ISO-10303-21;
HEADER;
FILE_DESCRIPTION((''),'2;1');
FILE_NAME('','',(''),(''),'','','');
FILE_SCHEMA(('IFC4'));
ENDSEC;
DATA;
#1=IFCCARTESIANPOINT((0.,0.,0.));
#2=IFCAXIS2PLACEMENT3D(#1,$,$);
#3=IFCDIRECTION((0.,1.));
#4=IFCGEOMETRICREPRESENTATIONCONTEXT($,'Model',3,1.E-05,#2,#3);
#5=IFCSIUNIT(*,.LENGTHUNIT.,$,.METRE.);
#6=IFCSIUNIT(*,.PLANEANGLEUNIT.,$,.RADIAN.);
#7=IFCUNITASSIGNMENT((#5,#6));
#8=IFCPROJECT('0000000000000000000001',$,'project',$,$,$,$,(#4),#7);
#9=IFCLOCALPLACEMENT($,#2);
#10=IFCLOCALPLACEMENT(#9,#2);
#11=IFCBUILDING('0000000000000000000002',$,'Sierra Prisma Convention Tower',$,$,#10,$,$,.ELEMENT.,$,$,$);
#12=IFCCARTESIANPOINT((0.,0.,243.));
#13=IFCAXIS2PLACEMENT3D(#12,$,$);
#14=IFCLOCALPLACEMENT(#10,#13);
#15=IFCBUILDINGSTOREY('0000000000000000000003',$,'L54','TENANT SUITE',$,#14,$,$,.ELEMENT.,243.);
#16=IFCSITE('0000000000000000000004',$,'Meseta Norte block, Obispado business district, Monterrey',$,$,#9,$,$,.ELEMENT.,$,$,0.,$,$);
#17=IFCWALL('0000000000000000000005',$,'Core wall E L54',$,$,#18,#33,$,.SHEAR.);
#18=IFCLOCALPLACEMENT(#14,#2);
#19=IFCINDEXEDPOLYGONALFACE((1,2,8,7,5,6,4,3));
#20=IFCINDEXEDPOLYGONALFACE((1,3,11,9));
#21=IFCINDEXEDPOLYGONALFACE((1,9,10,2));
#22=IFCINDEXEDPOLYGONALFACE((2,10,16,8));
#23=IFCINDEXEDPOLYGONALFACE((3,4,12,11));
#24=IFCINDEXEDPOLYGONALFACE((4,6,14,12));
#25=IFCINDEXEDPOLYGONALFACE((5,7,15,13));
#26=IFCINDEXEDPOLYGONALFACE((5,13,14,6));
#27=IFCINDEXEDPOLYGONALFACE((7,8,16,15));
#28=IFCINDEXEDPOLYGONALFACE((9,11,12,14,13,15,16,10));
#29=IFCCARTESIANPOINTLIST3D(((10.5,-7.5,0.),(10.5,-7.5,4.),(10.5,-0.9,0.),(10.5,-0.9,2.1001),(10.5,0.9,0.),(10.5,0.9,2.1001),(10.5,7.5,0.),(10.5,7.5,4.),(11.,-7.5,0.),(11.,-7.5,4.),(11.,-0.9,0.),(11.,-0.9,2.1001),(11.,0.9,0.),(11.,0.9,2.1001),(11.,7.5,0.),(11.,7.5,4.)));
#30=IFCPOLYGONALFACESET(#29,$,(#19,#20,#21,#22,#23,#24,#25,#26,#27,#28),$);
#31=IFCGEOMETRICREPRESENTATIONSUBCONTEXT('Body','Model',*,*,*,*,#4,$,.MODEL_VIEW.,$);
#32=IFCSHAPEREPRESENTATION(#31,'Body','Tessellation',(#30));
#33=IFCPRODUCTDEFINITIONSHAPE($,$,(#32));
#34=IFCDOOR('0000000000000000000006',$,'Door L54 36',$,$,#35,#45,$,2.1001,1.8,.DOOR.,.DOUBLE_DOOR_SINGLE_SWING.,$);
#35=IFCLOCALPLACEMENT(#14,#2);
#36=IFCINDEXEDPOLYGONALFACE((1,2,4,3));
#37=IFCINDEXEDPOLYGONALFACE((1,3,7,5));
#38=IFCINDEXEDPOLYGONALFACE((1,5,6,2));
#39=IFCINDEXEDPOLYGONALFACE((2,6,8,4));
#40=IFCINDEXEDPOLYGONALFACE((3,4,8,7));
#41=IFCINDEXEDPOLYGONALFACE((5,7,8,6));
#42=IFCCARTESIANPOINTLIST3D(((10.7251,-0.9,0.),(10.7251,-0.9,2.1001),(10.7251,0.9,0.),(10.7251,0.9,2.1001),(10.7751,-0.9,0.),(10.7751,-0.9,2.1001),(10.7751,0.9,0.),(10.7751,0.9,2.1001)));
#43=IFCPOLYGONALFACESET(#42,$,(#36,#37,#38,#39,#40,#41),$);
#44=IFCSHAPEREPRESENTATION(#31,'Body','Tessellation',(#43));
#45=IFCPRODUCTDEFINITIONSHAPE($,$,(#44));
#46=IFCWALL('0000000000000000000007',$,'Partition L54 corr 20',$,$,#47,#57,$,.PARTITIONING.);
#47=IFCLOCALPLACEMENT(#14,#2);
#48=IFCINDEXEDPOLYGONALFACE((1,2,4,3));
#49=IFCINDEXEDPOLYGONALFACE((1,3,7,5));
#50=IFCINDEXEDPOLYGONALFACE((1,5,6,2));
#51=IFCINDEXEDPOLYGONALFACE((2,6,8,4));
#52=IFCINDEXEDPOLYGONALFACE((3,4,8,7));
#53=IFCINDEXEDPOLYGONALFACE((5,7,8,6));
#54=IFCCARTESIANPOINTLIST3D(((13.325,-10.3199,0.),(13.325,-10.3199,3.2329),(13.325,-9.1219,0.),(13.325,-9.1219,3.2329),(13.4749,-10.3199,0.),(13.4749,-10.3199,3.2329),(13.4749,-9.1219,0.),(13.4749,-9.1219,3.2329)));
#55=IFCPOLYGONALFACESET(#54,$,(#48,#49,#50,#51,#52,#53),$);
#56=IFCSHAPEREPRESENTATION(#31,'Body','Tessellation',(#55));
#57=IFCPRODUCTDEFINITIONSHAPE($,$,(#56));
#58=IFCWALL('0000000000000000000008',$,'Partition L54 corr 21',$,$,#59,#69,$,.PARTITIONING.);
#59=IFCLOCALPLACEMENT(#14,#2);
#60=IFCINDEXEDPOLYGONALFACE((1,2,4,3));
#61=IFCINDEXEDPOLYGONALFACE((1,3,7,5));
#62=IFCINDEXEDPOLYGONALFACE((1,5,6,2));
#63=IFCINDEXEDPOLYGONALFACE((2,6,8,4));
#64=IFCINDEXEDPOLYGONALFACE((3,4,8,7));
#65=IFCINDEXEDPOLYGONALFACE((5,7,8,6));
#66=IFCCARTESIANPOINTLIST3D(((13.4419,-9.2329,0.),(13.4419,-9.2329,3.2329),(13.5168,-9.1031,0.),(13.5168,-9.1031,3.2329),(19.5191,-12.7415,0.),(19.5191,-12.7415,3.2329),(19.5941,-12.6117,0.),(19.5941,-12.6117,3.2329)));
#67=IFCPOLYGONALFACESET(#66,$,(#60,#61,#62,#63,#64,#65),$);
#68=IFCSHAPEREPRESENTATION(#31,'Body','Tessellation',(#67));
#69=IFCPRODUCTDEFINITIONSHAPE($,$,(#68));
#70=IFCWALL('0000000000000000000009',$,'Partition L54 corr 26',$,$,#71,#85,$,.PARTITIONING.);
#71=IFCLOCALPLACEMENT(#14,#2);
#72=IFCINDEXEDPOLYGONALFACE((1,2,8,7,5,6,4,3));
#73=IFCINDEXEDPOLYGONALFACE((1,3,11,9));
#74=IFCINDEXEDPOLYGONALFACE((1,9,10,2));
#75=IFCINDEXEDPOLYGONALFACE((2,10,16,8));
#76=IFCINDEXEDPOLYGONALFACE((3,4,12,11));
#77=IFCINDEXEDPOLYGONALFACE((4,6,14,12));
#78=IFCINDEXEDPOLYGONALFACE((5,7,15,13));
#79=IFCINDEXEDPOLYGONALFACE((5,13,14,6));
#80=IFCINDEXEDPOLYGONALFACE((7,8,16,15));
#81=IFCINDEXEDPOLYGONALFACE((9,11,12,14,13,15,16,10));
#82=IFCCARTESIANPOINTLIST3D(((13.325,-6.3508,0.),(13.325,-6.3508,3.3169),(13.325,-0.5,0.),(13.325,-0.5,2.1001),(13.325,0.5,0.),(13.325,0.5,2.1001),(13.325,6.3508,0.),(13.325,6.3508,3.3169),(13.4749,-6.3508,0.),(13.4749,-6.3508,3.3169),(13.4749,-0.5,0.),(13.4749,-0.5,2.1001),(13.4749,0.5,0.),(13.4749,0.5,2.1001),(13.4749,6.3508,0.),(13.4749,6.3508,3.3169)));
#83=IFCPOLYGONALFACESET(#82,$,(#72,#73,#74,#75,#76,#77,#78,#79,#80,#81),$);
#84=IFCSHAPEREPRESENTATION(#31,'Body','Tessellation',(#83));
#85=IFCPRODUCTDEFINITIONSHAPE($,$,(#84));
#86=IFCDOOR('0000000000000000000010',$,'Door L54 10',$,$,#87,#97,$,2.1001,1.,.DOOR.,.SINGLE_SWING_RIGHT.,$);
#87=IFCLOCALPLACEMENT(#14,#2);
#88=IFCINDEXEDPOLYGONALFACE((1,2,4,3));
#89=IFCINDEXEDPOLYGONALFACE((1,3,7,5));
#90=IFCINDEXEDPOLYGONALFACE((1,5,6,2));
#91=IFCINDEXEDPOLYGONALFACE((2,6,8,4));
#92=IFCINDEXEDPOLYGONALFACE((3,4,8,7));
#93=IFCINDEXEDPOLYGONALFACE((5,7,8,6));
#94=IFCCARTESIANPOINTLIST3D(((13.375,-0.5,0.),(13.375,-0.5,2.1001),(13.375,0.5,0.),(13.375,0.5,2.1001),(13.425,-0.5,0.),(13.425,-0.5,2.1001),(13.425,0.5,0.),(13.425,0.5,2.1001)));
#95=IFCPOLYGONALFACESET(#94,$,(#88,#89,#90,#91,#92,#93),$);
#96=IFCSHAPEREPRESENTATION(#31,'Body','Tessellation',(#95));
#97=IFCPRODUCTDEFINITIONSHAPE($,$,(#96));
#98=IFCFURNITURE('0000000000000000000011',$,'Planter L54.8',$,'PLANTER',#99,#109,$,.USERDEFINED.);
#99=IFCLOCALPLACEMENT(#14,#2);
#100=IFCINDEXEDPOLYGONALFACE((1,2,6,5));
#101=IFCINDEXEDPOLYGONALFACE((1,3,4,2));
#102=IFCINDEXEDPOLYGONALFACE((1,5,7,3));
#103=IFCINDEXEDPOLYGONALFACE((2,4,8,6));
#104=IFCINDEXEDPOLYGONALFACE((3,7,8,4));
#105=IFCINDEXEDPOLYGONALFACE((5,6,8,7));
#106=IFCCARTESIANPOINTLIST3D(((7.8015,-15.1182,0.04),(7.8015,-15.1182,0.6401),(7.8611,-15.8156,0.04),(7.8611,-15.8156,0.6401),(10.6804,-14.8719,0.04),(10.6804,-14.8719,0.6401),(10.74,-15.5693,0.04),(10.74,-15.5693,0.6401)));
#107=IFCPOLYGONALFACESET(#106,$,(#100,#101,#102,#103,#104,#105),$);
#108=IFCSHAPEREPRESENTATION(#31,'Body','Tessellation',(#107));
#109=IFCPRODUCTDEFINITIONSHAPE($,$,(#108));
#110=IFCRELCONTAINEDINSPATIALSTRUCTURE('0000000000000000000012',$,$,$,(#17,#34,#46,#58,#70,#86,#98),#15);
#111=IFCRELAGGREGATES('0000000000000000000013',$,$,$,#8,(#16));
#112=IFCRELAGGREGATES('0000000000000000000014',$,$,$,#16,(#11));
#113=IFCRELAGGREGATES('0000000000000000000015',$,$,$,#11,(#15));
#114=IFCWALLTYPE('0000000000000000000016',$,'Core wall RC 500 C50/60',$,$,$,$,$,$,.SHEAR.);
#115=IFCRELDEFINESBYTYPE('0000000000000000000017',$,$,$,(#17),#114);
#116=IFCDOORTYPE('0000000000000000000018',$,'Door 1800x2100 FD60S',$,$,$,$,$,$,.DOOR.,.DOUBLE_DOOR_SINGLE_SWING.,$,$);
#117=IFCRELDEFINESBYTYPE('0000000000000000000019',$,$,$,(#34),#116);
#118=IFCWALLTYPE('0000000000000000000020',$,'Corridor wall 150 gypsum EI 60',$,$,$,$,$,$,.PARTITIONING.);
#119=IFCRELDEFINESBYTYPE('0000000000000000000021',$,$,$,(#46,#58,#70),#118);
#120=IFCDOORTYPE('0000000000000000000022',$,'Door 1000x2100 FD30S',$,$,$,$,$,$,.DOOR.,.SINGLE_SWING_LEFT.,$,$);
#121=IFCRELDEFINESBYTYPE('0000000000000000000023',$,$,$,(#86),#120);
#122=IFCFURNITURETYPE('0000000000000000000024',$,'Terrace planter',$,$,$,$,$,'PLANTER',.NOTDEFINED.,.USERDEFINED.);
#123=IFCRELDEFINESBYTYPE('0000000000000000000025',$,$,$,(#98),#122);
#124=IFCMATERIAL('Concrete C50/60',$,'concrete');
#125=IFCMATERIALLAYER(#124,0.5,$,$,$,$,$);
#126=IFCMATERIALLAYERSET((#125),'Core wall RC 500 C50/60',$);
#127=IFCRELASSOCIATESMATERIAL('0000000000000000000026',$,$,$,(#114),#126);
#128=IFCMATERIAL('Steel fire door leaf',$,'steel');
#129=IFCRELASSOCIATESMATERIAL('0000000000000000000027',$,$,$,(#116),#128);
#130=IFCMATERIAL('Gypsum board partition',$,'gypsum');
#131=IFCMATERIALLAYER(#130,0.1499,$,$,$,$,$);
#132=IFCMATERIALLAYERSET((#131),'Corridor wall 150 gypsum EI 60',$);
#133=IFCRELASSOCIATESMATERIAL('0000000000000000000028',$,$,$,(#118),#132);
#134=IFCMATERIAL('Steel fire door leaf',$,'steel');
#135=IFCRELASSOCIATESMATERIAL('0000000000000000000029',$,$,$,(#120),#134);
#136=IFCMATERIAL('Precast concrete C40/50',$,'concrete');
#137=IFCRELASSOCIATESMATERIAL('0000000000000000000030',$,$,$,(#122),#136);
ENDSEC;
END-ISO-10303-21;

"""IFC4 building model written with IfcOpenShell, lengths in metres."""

from ifc_helpers import new_model, si_unit, direction, frame, frame_2d, origin, origin_2d, place, context, subcontext, project, spatial, rectangle, extrude, material, layer, layer_set, type_object, element, fill, save


model = new_model("IFC4")

# Units and contexts
model_context = context("Model", 3, precision=1e-05, world=origin(), true_north=direction((0.0, 1.0)))
body_context = subcontext(model_context, "Body", "Model", "MODEL_VIEW")
ifc_project = project(units=[si_unit("LENGTHUNIT", "METRE"), si_unit("PLANEANGLEUNIT", "RADIAN")], contexts=[model_context])

# Site, building, storey
site_placement = place(None, origin())
site = spatial("IfcSite", under=ifc_project, at=site_placement, Name="Meseta Norte block, Obispado business district, Monterrey", CompositionType="ELEMENT", RefElevation=0.0)
building_placement = place(site_placement, origin())
building = spatial("IfcBuilding", under=site, at=building_placement, Name="Sierra Prisma Convention Tower", CompositionType="ELEMENT")
storey_placement = place(building_placement, frame((0.0, 0.0, 243.0)))
storey = spatial("IfcBuildingStorey", under=building, at=storey_placement, Name="L54", Description="TENANT SUITE", CompositionType="ELEMENT", Elevation=243.0)

# Wall, opening, door
ifc_material_1 = material(Name="Concrete C50/60", Category="concrete")
ifc_layer_1 = layer(ifc_material_1, 0.5)
ifc_layer_set_1 = layer_set([ifc_layer_1], Name="Core wall RC 500 C50/60")
wall_type_1 = type_object("IfcWallType", Name="Core wall RC 500 C50/60", PredefinedType="SHEAR", material=ifc_layer_set_1)
wall_1_placement = place(storey_placement, frame((10.75, -7.5, 0.0), z_axis=(0.0, 0.0, 1.0), x_axis=(0.0, 1.0, 0.0)))
wall_1 = element("IfcWall", 1, at=wall_1_placement, inside=storey, type_object=wall_type_1, Name="Core wall E L54", PredefinedType="SHEAR", context=body_context, shape_type="SweptSolid", body=[
    extrude(rectangle(XDim=15.0, YDim=0.5, at=frame_2d((7.5, 0.0))), origin(), (0.0, 0.0, 1.0), 4.0),
])
opening_1_placement = place(wall_1_placement, frame((6.6001, 0.0, 0.0)))
opening_1 = element("IfcOpeningElement", 2, at=opening_1_placement, cuts=wall_1, PredefinedType="OPENING", context=body_context, shape_type="SweptSolid", body=[
    extrude(rectangle(XDim=1.8, YDim=2.1001, at=frame_2d((0.8999, 1.05))), frame((0.0, 0.25, 0.0), z_axis=(0.0, -1.0, 0.0), x_axis=(1.0, 0.0, 0.0)), (0.0, 0.0, 1.0), 0.5),
])
ifc_material_2 = material(Name="Steel fire door leaf", Category="steel")
door_type_1 = type_object("IfcDoorType", Name="Door 1800x2100 FD60S", OperationType="DOUBLE_DOOR_SINGLE_SWING", PredefinedType="DOOR", material=ifc_material_2)
door_1_placement = place(opening_1_placement, origin())
door_1 = element("IfcDoor", 3, at=door_1_placement, inside=storey, type_object=door_type_1, Name="Door L54 36", OperationType="DOUBLE_DOOR_SINGLE_SWING", OverallHeight=2.1001, OverallWidth=1.8, PredefinedType="DOOR", context=body_context, shape_type="SweptSolid", body=[
    extrude(rectangle(XDim=1.8, YDim=2.1001, at=frame_2d((0.8999, 1.05))), frame((0.0, 0.0249, 0.0), z_axis=(0.0, -1.0, 0.0), x_axis=(1.0, 0.0, 0.0)), (0.0, 0.0, 1.0), 0.05),
])
fill(opening_1, door_1)

# Walls
ifc_material_3 = material(Name="Gypsum board partition", Category="gypsum")
ifc_layer_2 = layer(ifc_material_3, 0.1499)
ifc_layer_set_2 = layer_set([ifc_layer_2], Name="Corridor wall 150 gypsum EI 60")
wall_type_2 = type_object("IfcWallType", Name="Corridor wall 150 gypsum EI 60", PredefinedType="PARTITIONING", material=ifc_layer_set_2)
wall_2_placement = place(storey_placement, frame((13.3999, -10.3201, 0.0), z_axis=(0.0, 0.0, 1.0), x_axis=(0.0, 1.0, 0.0)))
element("IfcWall", 4, at=wall_2_placement, inside=storey, type_object=wall_type_2, Name="Partition L54 corr 20", PredefinedType="PARTITIONING", context=body_context, shape_type="SweptSolid", body=[
    extrude(rectangle(XDim=1.198, YDim=0.1499, at=frame_2d((0.5991, 0.0))), origin(), (0.0, 0.0, 1.0), 3.2329),
])
wall_3_placement = place(storey_placement, frame((13.4792, -9.168, 0.0), z_axis=(0.0, 0.0, 1.0), x_axis=(0.866031, -0.499989, 0.0)))
element("IfcWall", 5, at=wall_3_placement, inside=storey, type_object=wall_type_2, Name="Partition L54 corr 21", PredefinedType="PARTITIONING", context=body_context, shape_type="SweptSolid", body=[
    extrude(rectangle(XDim=7.0173, YDim=0.1499, at=frame_2d((3.5088, 0.0))), origin(), (0.0, 0.0, 1.0), 3.2329),
])

# Wall, opening, door
wall_4_placement = place(storey_placement, frame((13.3999, -6.3508, 0.0), z_axis=(0.0, 0.0, 1.0), x_axis=(0.0, 1.0, 0.0)))
wall_4 = element("IfcWall", 6, at=wall_4_placement, inside=storey, type_object=wall_type_2, Name="Partition L54 corr 26", PredefinedType="PARTITIONING", context=body_context, shape_type="SweptSolid", body=[
    extrude(rectangle(XDim=12.7017, YDim=0.1499, at=frame_2d((6.3508, 0.0))), origin(), (0.0, 0.0, 1.0), 3.3169),
])
opening_2_placement = place(wall_4_placement, frame((5.8508, 0.0, 0.0)))
opening_2 = element("IfcOpeningElement", 7, at=opening_2_placement, cuts=wall_4, PredefinedType="OPENING", context=body_context, shape_type="SweptSolid", body=[
    extrude(rectangle(XDim=1.0, YDim=2.1001, at=frame_2d((0.5, 1.05))), frame((0.0, 0.075, 0.0), z_axis=(0.0, -1.0, 0.0), x_axis=(1.0, 0.0, 0.0)), (0.0, 0.0, 1.0), 0.1499),
])
ifc_material_4 = material(Name="Steel fire door leaf", Category="steel")
door_type_2 = type_object("IfcDoorType", Name="Door 1000x2100 FD30S", OperationType="SINGLE_SWING_LEFT", PredefinedType="DOOR", material=ifc_material_4)
door_2_placement = place(opening_2_placement, origin())
door_2 = element("IfcDoor", 8, at=door_2_placement, inside=storey, type_object=door_type_2, Name="Door L54 10", OperationType="SINGLE_SWING_RIGHT", OverallHeight=2.1001, OverallWidth=1.0, PredefinedType="DOOR", context=body_context, shape_type="SweptSolid", body=[
    extrude(rectangle(XDim=1.0, YDim=2.1001, at=frame_2d((0.5, 1.05))), frame((0.0, 0.0249, 0.0), z_axis=(0.0, -1.0, 0.0), x_axis=(1.0, 0.0, 0.0)), (0.0, 0.0, 1.0), 0.05),
])
fill(opening_2, door_2)

# Furniture
ifc_material_5 = material(Name="Precast concrete C40/50", Category="concrete")
furniture_type = type_object("IfcFurnitureType", Name="Terrace planter", ElementType="PLANTER", AssemblyPlace="NOTDEFINED", PredefinedType="USERDEFINED", material=ifc_material_5)
furniture_placement = place(storey_placement, frame((9.2708, -15.3438, 0.04), z_axis=(0.0, 0.0, 1.0), x_axis=(0.996359, 0.085255, 0.0)))
element("IfcFurniture", 9, at=furniture_placement, inside=storey, type_object=furniture_type, Name="Planter L54.8", ObjectType="PLANTER", PredefinedType="USERDEFINED", context=body_context, shape_type="SweptSolid", body=[
    extrude(rectangle(XDim=2.8894, YDim=0.7, at=origin_2d()), origin(), (0.0, 0.0, 1.0), 0.6001),
])

save(model, "model.ifc")
